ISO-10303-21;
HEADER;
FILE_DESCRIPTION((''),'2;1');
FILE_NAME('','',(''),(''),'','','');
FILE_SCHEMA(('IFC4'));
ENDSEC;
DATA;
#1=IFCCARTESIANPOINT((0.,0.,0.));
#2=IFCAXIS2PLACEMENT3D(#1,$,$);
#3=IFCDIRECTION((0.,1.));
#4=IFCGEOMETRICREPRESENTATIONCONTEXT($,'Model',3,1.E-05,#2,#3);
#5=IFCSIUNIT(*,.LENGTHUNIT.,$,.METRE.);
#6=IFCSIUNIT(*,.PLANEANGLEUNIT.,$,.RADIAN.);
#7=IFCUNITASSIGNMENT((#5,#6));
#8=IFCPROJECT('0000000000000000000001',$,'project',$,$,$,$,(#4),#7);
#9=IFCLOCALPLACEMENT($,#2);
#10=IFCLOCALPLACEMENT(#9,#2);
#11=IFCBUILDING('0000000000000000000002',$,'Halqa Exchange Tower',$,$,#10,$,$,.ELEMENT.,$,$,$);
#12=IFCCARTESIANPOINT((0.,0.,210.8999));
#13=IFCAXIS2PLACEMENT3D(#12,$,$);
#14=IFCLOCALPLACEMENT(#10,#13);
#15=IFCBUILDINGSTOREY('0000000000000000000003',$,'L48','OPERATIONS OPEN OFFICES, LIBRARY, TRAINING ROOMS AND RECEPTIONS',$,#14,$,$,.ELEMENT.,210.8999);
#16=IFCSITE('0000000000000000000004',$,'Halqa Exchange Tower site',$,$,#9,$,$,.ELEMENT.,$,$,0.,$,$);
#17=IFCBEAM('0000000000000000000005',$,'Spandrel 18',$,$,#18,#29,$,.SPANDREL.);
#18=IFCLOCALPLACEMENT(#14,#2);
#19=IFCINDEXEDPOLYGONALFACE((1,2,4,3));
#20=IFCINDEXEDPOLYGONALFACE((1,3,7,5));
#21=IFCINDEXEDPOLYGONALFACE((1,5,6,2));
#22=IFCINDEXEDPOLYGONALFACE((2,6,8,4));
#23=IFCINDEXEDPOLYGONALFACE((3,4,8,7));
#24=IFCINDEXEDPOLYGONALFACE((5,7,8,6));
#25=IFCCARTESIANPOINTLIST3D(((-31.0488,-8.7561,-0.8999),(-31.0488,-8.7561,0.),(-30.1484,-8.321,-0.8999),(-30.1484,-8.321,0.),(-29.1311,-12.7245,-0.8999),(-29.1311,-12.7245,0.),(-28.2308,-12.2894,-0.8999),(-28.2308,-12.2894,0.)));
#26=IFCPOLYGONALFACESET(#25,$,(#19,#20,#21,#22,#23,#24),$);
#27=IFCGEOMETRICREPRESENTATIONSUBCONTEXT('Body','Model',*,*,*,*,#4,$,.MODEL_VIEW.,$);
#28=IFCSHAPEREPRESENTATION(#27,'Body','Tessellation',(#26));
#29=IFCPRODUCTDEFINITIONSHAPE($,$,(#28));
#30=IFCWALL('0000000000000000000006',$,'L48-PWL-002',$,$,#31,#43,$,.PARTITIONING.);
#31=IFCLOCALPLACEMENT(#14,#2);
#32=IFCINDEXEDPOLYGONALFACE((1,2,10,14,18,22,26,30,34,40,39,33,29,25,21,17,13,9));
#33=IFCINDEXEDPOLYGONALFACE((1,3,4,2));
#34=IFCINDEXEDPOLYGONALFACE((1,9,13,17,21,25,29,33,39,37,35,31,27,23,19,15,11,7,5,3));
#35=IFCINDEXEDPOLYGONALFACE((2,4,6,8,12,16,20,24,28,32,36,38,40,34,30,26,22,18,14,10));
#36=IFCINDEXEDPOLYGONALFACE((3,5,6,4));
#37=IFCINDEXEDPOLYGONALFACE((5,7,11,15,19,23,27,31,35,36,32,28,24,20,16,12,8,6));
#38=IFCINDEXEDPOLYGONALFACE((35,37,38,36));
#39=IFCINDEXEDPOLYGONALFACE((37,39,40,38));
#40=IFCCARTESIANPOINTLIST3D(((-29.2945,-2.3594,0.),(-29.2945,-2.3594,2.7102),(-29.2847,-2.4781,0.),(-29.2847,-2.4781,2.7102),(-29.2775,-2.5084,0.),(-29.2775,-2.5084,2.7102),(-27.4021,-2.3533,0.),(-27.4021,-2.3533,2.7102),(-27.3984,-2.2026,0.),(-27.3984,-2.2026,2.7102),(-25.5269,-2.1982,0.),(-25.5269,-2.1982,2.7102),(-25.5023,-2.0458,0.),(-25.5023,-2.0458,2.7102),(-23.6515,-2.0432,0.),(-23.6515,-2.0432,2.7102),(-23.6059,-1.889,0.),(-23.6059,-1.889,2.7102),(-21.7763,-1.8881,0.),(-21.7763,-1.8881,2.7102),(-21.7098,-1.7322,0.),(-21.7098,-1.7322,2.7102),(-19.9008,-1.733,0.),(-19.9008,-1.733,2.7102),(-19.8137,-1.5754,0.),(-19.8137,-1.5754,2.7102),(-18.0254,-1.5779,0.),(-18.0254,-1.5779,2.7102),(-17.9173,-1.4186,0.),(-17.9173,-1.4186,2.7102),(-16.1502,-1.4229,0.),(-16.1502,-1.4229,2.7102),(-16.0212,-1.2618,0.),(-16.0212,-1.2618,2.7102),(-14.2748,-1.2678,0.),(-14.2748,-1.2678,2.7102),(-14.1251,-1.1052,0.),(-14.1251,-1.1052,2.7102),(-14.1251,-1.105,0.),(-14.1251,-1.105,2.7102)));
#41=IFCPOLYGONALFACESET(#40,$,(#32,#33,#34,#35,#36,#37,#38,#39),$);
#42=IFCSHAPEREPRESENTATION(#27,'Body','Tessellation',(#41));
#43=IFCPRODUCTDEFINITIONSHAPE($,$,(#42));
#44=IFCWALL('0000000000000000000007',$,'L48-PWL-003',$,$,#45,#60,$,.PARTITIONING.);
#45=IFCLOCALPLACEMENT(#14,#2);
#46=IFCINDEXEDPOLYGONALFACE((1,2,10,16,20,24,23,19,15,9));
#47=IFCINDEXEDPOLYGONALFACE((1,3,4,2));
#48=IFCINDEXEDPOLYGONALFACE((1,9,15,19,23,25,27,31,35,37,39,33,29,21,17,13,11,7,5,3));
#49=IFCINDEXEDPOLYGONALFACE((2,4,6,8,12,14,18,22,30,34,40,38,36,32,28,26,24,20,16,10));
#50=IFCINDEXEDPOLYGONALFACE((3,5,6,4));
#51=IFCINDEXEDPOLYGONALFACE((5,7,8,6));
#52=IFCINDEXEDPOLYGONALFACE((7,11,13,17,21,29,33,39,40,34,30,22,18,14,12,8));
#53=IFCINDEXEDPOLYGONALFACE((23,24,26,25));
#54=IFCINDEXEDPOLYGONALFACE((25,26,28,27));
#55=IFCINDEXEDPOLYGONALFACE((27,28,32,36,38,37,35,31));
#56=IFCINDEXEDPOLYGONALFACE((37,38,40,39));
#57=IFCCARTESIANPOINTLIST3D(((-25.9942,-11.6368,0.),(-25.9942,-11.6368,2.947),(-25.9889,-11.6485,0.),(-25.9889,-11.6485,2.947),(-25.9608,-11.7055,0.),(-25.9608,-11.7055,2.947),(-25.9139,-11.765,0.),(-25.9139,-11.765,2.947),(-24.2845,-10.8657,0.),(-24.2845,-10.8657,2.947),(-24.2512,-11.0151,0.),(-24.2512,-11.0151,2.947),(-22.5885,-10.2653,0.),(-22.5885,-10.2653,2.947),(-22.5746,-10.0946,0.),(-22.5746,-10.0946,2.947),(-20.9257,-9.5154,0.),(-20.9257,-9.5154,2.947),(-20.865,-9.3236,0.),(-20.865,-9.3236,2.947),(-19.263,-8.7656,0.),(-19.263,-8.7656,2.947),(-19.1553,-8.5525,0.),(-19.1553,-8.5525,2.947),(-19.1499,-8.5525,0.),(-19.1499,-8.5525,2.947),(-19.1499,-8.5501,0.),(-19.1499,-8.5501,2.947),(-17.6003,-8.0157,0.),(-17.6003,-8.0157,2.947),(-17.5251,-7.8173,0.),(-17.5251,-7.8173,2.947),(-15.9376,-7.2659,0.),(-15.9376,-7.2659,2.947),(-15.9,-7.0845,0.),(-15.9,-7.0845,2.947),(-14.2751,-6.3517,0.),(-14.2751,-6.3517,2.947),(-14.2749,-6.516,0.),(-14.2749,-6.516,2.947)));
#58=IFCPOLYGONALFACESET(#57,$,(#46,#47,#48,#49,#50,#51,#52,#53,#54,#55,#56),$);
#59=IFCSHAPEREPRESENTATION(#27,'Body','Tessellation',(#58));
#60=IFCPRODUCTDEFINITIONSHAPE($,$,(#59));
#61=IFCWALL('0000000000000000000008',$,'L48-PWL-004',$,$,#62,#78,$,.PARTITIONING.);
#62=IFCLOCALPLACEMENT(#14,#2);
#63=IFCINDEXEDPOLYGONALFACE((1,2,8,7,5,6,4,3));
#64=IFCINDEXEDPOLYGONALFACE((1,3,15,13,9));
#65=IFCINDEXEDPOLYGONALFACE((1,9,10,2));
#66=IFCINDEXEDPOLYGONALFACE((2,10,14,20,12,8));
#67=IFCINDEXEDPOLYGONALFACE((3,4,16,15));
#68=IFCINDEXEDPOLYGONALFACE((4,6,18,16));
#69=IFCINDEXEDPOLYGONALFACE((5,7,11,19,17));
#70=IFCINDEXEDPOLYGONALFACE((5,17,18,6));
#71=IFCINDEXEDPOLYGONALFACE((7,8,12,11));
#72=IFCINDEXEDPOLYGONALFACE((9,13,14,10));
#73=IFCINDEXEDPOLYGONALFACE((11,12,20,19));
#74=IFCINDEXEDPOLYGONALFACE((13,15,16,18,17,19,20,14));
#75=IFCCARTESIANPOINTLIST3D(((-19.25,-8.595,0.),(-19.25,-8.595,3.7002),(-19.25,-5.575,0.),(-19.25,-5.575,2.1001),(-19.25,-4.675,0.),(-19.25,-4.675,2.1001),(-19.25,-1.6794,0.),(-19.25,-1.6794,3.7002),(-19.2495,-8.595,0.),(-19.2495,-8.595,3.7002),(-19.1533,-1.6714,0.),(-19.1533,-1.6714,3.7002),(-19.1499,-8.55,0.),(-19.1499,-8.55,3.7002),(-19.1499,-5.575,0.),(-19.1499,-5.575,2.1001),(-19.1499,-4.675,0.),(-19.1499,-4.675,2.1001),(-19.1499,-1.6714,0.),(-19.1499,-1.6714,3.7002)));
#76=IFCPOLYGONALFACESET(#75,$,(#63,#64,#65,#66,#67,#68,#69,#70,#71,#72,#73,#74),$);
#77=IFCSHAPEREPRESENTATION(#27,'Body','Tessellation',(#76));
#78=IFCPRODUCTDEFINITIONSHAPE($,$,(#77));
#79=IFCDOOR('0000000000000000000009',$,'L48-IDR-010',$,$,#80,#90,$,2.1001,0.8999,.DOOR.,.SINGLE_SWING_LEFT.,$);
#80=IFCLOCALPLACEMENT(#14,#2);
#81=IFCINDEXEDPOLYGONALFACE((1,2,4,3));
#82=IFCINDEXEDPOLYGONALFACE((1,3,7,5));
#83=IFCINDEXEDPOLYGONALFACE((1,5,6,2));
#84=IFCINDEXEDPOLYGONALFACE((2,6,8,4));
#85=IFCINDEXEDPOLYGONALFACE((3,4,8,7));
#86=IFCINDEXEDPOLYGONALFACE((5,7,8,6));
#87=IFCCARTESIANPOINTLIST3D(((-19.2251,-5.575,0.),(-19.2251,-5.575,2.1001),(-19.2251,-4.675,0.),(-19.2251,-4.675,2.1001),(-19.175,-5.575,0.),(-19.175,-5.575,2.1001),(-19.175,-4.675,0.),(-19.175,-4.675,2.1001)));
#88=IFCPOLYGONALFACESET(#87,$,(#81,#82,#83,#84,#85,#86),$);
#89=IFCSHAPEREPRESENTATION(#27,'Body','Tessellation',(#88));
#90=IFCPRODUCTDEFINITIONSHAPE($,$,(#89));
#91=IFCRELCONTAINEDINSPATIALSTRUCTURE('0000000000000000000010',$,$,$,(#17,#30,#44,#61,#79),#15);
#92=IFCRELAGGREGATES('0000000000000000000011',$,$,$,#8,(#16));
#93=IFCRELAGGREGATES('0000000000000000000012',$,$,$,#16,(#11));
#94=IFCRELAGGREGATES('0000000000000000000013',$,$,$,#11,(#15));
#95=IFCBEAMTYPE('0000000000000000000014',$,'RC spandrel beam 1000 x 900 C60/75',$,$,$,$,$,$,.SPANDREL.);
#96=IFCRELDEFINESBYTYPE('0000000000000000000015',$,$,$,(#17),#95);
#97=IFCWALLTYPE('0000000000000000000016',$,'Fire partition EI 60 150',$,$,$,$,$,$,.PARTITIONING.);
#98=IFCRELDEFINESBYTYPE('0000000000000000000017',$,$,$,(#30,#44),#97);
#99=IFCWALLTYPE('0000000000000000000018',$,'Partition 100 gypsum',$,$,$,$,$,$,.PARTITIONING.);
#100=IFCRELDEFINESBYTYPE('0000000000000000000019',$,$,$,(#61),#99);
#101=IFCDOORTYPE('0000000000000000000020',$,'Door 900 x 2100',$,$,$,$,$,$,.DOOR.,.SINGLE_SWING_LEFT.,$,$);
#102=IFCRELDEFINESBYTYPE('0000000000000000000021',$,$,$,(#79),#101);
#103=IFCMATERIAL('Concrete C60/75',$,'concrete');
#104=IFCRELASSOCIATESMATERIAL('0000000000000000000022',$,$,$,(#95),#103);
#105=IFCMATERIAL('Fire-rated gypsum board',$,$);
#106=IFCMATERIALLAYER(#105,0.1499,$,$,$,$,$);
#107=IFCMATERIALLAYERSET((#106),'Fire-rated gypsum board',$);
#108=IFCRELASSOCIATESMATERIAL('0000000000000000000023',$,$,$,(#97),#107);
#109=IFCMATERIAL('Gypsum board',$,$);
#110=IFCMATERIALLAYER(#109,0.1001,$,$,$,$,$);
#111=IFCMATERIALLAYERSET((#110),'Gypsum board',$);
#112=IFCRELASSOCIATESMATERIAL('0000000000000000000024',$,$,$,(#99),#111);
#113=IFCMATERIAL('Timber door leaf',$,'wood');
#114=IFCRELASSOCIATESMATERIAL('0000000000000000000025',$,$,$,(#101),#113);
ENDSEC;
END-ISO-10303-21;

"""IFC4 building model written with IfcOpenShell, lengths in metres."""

from ifc_helpers import new_model, si_unit, direction, frame, frame_2d, origin, origin_2d, place, context, subcontext, project, spatial, polyline, rectangle, outline, extrude, material, layer, layer_set, material_profile, profile_set, type_object, element, fill, save


model = new_model("IFC4")

# Units and contexts
model_context = context("Model", 3, precision=1e-05, world=origin(), true_north=direction((0.0, 1.0)))
body_context = subcontext(model_context, "Body", "Model", "MODEL_VIEW")
ifc_project = project(units=[si_unit("LENGTHUNIT", "METRE"), si_unit("PLANEANGLEUNIT", "RADIAN")], contexts=[model_context])

# Site, building, storey
site_placement = place(None, origin())
site = spatial("IfcSite", under=ifc_project, at=site_placement, Name="Halqa Exchange Tower site", CompositionType="ELEMENT", RefElevation=0.0)
building_placement = place(site_placement, origin())
building = spatial("IfcBuilding", under=site, at=building_placement, Name="Halqa Exchange Tower", CompositionType="ELEMENT")
storey_placement = place(building_placement, frame((0.0, 0.0, 210.8999)))
storey = spatial("IfcBuildingStorey", under=building, at=storey_placement, Name="L48", Description="OPERATIONS OPEN OFFICES, LIBRARY, TRAINING ROOMS AND RECEPTIONS", CompositionType="ELEMENT", Elevation=210.8999)

# Shared definitions
ifc_material_1 = material(Name="Concrete C60/75", Category="concrete")

# Beam
ifc_material_profile_1 = material_profile(ifc_material_1, rectangle(XDim=1.0, YDim=0.8999, at=origin_2d()), Name="1000 x 900")
ifc_profile_set_1 = profile_set([ifc_material_profile_1], Name="Concrete C60/75")
beam_type_1 = type_object("IfcBeamType", Name="RC spandrel beam 1000 x 900 C60/75", PredefinedType="SPANDREL", material=ifc_profile_set_1)
beam_1_placement = place(storey_placement, frame((-30.5986, -8.5386, -0.45), z_axis=(0.435098, -0.900383, 0.0), x_axis=(0.900383, 0.435098, 0.0)))
element("IfcBeam", 1, at=beam_1_placement, inside=storey, type_object=beam_type_1, Name="Spandrel 18", PredefinedType="SPANDREL", context=body_context, shape_type="SweptSolid", body=[
    extrude(rectangle(XDim=1.0, YDim=0.8999, at=origin_2d()), origin(), (0.0, 0.0, 1.0), 4.4075),
])

# Walls
ifc_material_2 = material(Name="Fire-rated gypsum board")
ifc_layer_1 = layer(ifc_material_2, 0.1499)
ifc_layer_set_1 = layer_set([ifc_layer_1], Name="Fire-rated gypsum board")
wall_type_1 = type_object("IfcWallType", Name="Fire partition EI 60 150", PredefinedType="PARTITIONING", material=ifc_layer_set_1)
wall_1_placement = place(storey_placement, frame((-29.2883, -2.4341, 0.0), z_axis=(0.0, 0.0, 1.0), x_axis=(0.996598, 0.082411, 0.0)))
element("IfcWall", 2, at=wall_1_placement, inside=storey, type_object=wall_type_1, Name="L48-PWL-002", PredefinedType="PARTITIONING", context=body_context, shape_type="SweptSolid", body=[
    extrude(outline(polyline([(0.0046, -0.075), (1.8865, -0.075), (3.7681, -0.075), (5.6499, -0.075), (7.5315, -0.075), (9.4133, -0.075), (11.2952, -0.075), (13.1768, -0.075), (15.0586, -0.075), (15.2212, 0.0747), (15.2212, 0.075), (13.3186, 0.075), (11.416, 0.075), (9.5132, 0.075), (7.6106, 0.075), (5.708, 0.075), (3.8052, 0.075), (1.9026, 0.075), (0.0, 0.075), (0.0, -0.0442), (0.0046, -0.075)])), origin(), (0.0, 0.0, 1.0), 2.7102),
])
wall_2_placement = place(storey_placement, frame((-25.9634, -11.7051, 0.0), z_axis=(0.0, 0.0, 1.0), x_axis=(0.911586, 0.411108, 0.0)))
element("IfcWall", 3, at=wall_2_placement, inside=storey, type_object=wall_type_1, Name="L48-PWL-003", PredefinedType="PARTITIONING", context=body_context, shape_type="SweptSolid", body=[
    extrude(outline(polyline([(0.0205, -0.075), (1.8445, -0.075), (3.6685, -0.075), (5.4924, -0.075), (7.3164, -0.075), (9.1404, -0.075), (10.9644, -0.075), (12.7883, -0.075), (12.8557, 0.075), (11.0732, 0.075), (9.2905, 0.075), (7.5081, 0.075), (7.5071, 0.0728), (7.5022, 0.075), (5.6267, 0.075), (3.7512, 0.075), (1.8755, 0.075), (0.0, 0.075), (0.0, 0.062), (0.0022, -0.0015), (0.0205, -0.075)])), origin(), (0.0, 0.0, 1.0), 2.947),
])

# Wall, opening, door
ifc_material_3 = material(Name="Gypsum board")
ifc_layer_2 = layer(ifc_material_3, 0.1001)
ifc_layer_set_2 = layer_set([ifc_layer_2], Name="Gypsum board")
wall_type_2 = type_object("IfcWallType", Name="Partition 100 gypsum", PredefinedType="PARTITIONING", material=ifc_layer_set_2)
wall_3_placement = place(storey_placement, frame((-19.2, -8.595, 0.0), z_axis=(0.0, 0.0, 1.0), x_axis=(0.0, 1.0, 0.0)))
wall_3 = element("IfcWall", 4, at=wall_3_placement, inside=storey, type_object=wall_type_2, Name="L48-PWL-004", PredefinedType="PARTITIONING", context=body_context, shape_type="SweptSolid", body=[
    extrude(outline(polyline([(6.9236, -0.05), (6.9236, -0.0466), (6.9155, 0.05), (5.1868, 0.05), (3.4578, 0.05), (1.729, 0.05), (0.0, 0.05), (0.0, 0.0496), (0.0449, -0.05), (1.7646, -0.05), (3.4844, -0.05), (5.2039, -0.05), (6.9236, -0.05)])), origin(), (0.0, 0.0, 1.0), 3.7002),
])
opening_1_placement = place(wall_3_placement, frame((3.02, 0.0, 0.0)))
opening_1 = element("IfcOpeningElement", 5, at=opening_1_placement, cuts=wall_3, PredefinedType="OPENING", context=body_context, shape_type="SweptSolid", body=[
    extrude(rectangle(XDim=0.8999, YDim=2.1001, at=frame_2d((0.45, 1.05))), frame((0.0, 0.062, 0.0), z_axis=(0.0, -1.0, 0.0), x_axis=(1.0, 0.0, 0.0)), (0.0, 0.0, 1.0), 0.124),
])
ifc_material_4 = material(Name="Timber door leaf", Category="wood")
door_type_1 = type_object("IfcDoorType", Name="Door 900 x 2100", OperationType="SINGLE_SWING_LEFT", PredefinedType="DOOR", material=ifc_material_4)
door_1_placement = place(opening_1_placement, frame((0.8999, 0.0, 0.0), z_axis=(0.0, 0.0, 1.0), x_axis=(-1.0, 0.0, 0.0)))
door_1 = element("IfcDoor", 6, at=door_1_placement, inside=storey, type_object=door_type_1, Name="L48-IDR-010", OperationType="SINGLE_SWING_LEFT", OverallHeight=2.1001, OverallWidth=0.8999, PredefinedType="DOOR", context=body_context, shape_type="SweptSolid", body=[
    extrude(rectangle(XDim=0.8999, YDim=2.1001, at=frame_2d((0.45, 1.05))), frame((0.0, 0.0249, 0.0), z_axis=(0.0, -1.0, 0.0), x_axis=(1.0, 0.0, 0.0)), (0.0, 0.0, 1.0), 0.05),
])
fill(opening_1, door_1)

save(model, "model.ifc")
